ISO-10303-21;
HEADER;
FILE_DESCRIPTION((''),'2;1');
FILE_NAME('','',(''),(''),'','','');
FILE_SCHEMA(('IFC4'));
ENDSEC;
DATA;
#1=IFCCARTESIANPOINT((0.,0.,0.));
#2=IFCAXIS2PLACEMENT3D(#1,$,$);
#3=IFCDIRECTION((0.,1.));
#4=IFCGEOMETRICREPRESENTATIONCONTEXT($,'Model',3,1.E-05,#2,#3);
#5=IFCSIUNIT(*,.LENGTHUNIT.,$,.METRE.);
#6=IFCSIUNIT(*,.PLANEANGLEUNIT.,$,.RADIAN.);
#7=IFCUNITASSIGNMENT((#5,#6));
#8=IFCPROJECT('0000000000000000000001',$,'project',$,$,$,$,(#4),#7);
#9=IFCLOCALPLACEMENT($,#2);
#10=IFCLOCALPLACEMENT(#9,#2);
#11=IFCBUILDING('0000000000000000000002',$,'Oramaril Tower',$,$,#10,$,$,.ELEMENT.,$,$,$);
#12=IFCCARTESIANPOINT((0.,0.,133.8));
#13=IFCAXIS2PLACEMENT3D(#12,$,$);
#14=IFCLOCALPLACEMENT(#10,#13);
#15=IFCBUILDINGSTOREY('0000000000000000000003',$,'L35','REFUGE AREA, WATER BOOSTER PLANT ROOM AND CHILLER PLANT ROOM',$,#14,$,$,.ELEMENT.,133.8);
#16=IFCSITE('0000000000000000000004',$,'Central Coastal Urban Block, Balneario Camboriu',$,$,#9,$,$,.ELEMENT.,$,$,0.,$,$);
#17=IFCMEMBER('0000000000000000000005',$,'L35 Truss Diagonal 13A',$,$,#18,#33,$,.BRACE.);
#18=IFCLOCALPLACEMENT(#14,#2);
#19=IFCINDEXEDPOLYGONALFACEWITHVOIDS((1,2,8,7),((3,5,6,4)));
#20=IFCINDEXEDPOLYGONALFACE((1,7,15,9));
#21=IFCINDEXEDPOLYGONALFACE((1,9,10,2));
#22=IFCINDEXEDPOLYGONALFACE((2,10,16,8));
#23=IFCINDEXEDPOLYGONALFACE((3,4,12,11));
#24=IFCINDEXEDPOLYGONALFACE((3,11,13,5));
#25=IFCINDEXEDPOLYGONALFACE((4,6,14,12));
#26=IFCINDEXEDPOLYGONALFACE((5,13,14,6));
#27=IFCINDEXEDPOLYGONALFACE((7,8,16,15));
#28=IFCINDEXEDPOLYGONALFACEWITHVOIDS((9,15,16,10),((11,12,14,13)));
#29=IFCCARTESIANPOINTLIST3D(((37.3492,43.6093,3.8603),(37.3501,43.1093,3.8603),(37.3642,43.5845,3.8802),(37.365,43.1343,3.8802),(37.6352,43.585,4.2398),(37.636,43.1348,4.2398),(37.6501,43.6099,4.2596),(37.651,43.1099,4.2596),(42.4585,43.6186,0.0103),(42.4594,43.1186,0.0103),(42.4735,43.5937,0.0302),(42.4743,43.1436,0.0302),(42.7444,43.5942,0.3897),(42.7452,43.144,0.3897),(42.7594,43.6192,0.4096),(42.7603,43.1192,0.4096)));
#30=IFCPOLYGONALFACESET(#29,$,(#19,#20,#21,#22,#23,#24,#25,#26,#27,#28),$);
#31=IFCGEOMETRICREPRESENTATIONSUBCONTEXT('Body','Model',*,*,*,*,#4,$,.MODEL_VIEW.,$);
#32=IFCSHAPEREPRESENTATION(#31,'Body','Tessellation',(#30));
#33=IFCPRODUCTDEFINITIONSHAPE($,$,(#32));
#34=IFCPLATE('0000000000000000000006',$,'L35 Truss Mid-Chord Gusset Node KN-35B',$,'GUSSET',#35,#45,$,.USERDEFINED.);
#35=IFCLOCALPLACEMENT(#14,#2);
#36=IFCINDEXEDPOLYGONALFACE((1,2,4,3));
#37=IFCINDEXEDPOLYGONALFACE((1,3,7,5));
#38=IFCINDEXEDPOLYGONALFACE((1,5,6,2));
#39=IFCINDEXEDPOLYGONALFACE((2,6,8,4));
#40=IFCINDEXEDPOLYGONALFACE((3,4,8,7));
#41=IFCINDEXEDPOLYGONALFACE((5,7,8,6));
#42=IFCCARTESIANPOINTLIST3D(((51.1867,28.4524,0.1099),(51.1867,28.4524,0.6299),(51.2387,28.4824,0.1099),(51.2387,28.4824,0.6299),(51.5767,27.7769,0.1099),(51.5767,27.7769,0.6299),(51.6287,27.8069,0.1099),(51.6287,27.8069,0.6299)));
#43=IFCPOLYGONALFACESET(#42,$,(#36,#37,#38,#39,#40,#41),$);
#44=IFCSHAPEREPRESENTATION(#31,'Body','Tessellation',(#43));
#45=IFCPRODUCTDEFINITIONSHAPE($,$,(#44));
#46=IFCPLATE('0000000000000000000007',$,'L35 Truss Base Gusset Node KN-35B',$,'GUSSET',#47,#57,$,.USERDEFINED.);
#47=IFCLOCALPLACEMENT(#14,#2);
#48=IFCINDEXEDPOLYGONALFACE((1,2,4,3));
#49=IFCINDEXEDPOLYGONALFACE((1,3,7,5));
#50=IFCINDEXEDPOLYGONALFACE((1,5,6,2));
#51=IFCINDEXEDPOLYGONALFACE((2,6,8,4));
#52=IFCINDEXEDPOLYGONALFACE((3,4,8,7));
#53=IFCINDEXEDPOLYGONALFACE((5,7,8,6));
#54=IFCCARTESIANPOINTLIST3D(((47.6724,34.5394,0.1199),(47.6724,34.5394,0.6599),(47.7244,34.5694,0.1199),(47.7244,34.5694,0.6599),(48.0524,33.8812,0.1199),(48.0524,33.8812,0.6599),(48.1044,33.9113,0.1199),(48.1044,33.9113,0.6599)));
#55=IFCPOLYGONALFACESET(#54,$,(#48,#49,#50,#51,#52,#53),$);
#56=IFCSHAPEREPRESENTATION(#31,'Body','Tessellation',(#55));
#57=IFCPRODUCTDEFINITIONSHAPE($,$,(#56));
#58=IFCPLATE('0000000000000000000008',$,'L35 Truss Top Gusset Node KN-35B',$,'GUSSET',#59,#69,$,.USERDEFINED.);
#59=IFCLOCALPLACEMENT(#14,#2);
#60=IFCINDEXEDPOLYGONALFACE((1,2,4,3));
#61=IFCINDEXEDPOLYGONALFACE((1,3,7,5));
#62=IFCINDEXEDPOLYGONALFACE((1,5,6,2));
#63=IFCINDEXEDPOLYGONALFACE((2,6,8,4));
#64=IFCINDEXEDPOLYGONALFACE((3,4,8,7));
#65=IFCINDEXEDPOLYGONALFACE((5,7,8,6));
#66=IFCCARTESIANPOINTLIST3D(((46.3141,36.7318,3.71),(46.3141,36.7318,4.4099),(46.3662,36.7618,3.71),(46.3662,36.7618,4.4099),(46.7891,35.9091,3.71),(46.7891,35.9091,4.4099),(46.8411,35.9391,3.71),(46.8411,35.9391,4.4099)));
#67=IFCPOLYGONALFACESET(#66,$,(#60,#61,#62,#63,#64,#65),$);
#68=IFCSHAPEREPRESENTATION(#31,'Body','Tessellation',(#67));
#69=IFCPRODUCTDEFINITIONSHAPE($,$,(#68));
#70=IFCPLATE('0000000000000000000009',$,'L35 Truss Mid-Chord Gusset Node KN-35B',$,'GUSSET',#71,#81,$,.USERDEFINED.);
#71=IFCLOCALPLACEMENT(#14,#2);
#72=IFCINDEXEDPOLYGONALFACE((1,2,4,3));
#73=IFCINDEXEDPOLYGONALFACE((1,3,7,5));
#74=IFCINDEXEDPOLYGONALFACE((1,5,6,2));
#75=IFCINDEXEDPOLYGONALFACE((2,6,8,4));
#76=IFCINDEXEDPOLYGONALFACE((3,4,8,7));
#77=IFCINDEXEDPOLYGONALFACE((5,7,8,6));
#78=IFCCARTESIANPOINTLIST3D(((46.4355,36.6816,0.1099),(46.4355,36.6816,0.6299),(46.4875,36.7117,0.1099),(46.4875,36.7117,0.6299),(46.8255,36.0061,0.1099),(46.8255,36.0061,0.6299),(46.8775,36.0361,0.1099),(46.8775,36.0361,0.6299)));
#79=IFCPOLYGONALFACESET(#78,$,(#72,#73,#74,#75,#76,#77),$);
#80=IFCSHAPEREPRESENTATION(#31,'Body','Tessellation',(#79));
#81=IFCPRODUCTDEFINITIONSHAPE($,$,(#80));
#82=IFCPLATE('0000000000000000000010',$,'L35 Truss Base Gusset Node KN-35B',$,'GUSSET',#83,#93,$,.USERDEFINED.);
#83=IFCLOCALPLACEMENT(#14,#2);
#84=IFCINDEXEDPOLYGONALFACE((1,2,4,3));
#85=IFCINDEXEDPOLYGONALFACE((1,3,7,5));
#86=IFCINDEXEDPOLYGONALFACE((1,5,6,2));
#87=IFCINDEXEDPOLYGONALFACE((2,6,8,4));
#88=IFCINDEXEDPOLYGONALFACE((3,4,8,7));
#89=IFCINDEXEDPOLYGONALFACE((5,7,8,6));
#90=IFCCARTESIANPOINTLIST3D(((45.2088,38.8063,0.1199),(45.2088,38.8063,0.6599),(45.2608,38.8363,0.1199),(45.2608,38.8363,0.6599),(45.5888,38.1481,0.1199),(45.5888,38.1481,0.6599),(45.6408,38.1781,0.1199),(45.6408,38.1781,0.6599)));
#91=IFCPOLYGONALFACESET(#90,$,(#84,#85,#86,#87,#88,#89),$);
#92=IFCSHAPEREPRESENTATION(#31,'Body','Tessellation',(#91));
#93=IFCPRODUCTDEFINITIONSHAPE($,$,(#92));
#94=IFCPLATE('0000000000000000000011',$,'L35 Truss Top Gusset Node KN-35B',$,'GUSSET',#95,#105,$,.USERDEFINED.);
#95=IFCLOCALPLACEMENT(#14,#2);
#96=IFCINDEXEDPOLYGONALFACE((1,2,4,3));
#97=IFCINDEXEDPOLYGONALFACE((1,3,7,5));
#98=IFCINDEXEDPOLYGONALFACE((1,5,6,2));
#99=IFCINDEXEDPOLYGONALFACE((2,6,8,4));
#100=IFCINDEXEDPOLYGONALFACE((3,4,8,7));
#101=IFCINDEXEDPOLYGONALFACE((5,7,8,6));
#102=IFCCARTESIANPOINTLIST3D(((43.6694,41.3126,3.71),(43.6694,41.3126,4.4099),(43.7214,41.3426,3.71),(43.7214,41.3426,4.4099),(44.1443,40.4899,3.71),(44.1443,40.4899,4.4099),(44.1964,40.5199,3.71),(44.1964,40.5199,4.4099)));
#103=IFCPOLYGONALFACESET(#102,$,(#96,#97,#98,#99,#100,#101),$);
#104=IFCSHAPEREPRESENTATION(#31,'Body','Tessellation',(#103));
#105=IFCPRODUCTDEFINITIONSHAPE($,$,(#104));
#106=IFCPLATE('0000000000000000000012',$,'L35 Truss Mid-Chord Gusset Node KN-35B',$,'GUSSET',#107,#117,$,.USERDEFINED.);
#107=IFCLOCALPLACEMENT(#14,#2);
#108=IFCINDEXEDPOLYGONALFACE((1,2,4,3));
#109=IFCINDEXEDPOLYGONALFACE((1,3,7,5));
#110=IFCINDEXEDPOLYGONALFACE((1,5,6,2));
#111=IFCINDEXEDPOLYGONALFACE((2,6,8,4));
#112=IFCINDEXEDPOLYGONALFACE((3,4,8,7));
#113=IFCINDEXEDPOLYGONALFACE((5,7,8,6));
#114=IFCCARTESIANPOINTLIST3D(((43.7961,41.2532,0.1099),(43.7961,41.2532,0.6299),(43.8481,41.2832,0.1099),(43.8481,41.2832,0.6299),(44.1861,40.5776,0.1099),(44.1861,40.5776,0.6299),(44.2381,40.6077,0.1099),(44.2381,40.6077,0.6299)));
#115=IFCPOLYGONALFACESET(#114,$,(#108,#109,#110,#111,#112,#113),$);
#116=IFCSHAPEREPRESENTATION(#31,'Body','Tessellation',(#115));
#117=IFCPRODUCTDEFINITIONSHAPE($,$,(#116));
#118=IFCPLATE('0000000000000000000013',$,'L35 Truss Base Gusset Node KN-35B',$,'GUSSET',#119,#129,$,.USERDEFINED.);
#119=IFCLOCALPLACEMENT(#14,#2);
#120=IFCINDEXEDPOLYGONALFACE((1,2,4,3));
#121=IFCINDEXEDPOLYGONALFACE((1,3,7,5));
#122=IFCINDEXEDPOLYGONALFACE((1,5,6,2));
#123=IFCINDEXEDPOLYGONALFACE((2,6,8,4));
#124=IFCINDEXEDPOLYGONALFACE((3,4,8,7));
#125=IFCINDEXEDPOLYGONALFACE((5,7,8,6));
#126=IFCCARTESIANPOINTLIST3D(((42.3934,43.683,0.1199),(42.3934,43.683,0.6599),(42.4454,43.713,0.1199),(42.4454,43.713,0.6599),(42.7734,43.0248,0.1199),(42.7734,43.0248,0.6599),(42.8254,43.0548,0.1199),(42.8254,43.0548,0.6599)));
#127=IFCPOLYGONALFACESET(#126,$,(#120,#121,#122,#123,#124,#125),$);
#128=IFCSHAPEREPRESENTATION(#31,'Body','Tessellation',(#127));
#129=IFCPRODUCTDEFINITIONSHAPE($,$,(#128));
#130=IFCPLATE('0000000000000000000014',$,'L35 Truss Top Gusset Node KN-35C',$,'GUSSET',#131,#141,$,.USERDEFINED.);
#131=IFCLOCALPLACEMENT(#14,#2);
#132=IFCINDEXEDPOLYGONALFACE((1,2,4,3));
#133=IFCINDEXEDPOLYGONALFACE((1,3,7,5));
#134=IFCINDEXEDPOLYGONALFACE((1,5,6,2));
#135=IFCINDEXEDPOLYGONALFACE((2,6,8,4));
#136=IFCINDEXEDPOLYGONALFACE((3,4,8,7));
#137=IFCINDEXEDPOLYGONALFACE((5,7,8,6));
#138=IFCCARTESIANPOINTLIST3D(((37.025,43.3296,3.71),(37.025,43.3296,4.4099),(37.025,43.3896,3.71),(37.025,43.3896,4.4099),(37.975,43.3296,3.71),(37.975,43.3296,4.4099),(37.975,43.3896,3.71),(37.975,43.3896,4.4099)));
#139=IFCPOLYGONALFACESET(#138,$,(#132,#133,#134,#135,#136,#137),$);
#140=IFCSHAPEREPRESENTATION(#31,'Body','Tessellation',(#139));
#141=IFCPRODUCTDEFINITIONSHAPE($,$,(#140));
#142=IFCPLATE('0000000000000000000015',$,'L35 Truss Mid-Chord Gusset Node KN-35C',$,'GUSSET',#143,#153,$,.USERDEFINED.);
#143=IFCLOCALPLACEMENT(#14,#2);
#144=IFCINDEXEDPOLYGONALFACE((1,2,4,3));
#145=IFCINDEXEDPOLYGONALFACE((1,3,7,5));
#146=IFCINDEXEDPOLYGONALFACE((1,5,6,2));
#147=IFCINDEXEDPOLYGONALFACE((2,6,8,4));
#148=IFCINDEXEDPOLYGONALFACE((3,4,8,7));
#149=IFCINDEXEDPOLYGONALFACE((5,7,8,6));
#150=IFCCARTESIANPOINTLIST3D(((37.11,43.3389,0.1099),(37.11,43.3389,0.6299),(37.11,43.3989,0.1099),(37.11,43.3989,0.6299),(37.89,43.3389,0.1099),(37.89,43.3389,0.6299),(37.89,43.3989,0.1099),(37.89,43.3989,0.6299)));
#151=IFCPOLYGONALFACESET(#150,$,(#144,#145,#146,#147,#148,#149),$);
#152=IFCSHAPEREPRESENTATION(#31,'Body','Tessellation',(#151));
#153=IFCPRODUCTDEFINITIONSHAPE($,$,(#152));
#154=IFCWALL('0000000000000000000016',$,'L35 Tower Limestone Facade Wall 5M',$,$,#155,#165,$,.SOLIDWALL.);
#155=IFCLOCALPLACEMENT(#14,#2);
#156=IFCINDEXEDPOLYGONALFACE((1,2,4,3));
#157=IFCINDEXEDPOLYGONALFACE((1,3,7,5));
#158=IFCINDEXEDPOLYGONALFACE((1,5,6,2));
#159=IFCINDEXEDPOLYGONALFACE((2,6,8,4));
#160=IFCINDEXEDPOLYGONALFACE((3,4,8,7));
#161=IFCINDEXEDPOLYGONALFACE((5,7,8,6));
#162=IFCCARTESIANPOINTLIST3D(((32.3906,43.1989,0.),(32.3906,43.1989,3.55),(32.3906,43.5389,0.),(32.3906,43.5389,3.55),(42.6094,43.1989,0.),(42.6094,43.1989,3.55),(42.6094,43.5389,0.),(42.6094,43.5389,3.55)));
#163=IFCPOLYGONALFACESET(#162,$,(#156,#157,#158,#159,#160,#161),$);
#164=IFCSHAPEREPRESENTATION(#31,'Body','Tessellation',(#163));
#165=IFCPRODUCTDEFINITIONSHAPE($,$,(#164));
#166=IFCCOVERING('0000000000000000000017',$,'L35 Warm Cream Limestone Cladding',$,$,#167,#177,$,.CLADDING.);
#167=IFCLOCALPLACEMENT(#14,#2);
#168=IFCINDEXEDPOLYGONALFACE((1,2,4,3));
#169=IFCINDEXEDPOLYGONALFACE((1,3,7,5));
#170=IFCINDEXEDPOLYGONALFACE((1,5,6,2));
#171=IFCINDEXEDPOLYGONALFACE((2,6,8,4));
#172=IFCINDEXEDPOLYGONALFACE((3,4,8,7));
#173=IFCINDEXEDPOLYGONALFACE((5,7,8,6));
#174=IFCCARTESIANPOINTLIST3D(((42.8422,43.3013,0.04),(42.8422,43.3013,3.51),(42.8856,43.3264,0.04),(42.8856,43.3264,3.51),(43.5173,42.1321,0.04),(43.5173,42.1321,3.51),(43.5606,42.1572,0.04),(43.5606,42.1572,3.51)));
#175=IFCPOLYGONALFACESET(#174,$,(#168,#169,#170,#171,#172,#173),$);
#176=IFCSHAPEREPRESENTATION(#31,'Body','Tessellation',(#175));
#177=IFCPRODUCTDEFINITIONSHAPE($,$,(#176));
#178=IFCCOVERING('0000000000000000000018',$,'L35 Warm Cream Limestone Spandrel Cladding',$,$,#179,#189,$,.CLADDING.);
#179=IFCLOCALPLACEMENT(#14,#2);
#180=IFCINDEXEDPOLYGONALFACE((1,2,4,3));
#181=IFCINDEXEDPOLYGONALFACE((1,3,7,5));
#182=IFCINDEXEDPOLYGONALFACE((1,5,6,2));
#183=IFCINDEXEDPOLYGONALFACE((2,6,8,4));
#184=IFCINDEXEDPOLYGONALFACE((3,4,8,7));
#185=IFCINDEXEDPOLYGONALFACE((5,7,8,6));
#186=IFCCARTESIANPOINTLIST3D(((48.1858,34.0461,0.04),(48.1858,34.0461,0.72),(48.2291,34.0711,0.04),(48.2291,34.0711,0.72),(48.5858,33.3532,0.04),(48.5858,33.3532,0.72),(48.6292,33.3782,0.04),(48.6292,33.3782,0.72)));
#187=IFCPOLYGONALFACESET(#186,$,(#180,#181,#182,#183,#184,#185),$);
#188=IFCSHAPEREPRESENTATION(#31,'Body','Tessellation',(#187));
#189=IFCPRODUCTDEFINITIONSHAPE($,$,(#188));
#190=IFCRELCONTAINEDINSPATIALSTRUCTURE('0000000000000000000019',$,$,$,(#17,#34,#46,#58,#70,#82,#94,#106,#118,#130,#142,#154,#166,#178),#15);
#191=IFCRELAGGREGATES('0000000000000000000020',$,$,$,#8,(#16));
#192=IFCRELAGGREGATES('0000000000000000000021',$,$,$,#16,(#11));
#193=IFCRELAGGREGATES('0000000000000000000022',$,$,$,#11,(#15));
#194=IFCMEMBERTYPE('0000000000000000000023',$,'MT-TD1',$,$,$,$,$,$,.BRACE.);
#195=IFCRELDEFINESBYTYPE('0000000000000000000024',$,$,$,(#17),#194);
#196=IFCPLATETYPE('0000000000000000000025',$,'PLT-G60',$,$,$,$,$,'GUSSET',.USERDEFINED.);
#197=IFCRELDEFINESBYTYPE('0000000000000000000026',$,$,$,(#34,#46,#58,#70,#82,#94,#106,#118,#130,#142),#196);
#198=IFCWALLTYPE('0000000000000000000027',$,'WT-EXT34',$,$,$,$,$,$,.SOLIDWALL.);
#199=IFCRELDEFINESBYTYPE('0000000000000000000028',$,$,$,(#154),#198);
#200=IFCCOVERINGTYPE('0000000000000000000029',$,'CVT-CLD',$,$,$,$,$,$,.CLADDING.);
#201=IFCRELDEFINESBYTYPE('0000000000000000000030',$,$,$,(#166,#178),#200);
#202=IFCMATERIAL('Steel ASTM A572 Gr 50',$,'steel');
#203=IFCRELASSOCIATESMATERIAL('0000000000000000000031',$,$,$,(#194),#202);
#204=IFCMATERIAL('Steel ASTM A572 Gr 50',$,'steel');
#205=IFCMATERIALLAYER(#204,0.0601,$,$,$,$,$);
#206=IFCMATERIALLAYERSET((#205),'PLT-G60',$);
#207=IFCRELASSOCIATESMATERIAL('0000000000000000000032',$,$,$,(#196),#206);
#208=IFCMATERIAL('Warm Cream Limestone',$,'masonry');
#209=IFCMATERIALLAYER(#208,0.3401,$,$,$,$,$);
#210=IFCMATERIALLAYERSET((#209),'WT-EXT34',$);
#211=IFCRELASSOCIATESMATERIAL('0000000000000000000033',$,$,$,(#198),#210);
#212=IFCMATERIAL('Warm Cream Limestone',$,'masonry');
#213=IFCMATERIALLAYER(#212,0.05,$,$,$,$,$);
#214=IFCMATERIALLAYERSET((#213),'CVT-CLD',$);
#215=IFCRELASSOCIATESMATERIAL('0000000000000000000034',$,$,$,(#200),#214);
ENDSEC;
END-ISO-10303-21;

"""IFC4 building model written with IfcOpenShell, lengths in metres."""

from ifc_helpers import new_model, si_unit, direction, frame, frame_2d, origin, origin_2d, place, context, subcontext, project, spatial, rectangle, hollow_rectangle, extrude, material, layer, layer_set, material_profile, profile_set, type_object, element, save


model = new_model("IFC4")

# Units and contexts
model_context = context("Model", 3, precision=1e-05, world=origin(), true_north=direction((0.0, 1.0)))
body_context = subcontext(model_context, "Body", "Model", "MODEL_VIEW")
ifc_project = project(units=[si_unit("LENGTHUNIT", "METRE"), si_unit("PLANEANGLEUNIT", "RADIAN")], contexts=[model_context])

# Site, building, storey
site_placement = place(None, origin())
site = spatial("IfcSite", under=ifc_project, at=site_placement, Name="Central Coastal Urban Block, Balneario Camboriu", CompositionType="ELEMENT", RefElevation=0.0)
building_placement = place(site_placement, origin())
building = spatial("IfcBuilding", under=site, at=building_placement, Name="Oramaril Tower", CompositionType="ELEMENT")
storey_placement = place(building_placement, frame((0.0, 0.0, 133.8)))
storey = spatial("IfcBuildingStorey", under=building, at=storey_placement, Name="L35", Description="REFUGE AREA, WATER BOOSTER PLANT ROOM AND CHILLER PLANT ROOM", CompositionType="ELEMENT", Elevation=133.8)

# Member
ifc_material_1 = material(Name="Steel ASTM A572 Gr 50", Category="steel")
ifc_material_profile_1 = material_profile(ifc_material_1, hollow_rectangle(XDim=0.5, YDim=0.5, WallThickness=0.0249, at=origin_2d()), Name="HSS500X500X25")
ifc_profile_set_1 = profile_set([ifc_material_profile_1], Name="Steel ASTM A572 Gr 50")
member_type_1 = type_object("IfcMemberType", Name="MT-TD1", PredefinedType="BRACE", material=ifc_profile_set_1)
member_1_placement = place(storey_placement, frame((42.6094, 43.3689, 0.21), z_axis=(-0.798642, -0.00145, 0.601805), x_axis=(0.001816, -0.999998, 0.0)))
element("IfcMember", 1, at=member_1_placement, inside=storey, type_object=member_type_1, Name="L35 Truss Diagonal 13A", PredefinedType="BRACE", context=body_context, shape_type="SweptSolid", body=[
    extrude(hollow_rectangle(XDim=0.5, YDim=0.5, WallThickness=0.0249, at=origin_2d()), origin(), (0.0, 0.0, 1.0), 6.3975),
])

# Plates
ifc_material_2 = material(Name="Steel ASTM A572 Gr 50", Category="steel")
ifc_layer_1 = layer(ifc_material_2, 0.0601)
ifc_layer_set_1 = layer_set([ifc_layer_1], Name="PLT-G60")
plate_type = type_object("IfcPlateType", Name="PLT-G60", ElementType="GUSSET", PredefinedType="USERDEFINED", material=ifc_layer_set_1)
plate_1_placement = place(storey_placement, frame((51.4077, 28.1296, 0.1099), z_axis=(0.0, 0.0, 1.0), x_axis=(-0.500003, 0.866024, 0.0)))
element("IfcPlate", 2, at=plate_1_placement, inside=storey, type_object=plate_type, Name="L35 Truss Mid-Chord Gusset Node KN-35B", ObjectType="GUSSET", PredefinedType="USERDEFINED", context=body_context, shape_type="SweptSolid", body=[
    extrude(rectangle(XDim=0.78, YDim=0.0601, at=origin_2d()), origin(), (0.0, 0.0, 1.0), 0.52),
])
plate_2_placement = place(storey_placement, frame((47.8884, 34.2253, 0.1199), z_axis=(0.0, 0.0, 1.0), x_axis=(-0.500003, 0.866024, 0.0)))
element("IfcPlate", 3, at=plate_2_placement, inside=storey, type_object=plate_type, Name="L35 Truss Base Gusset Node KN-35B", ObjectType="GUSSET", PredefinedType="USERDEFINED", context=body_context, shape_type="SweptSolid", body=[
    extrude(rectangle(XDim=0.76, YDim=0.0601, at=origin_2d()), origin(), (0.0, 0.0, 1.0), 0.54),
])
plate_3_placement = place(storey_placement, frame((46.5776, 36.3354, 3.71), z_axis=(0.0, 0.0, 1.0), x_axis=(-0.499992, 0.86603, 0.0)))
element("IfcPlate", 4, at=plate_3_placement, inside=storey, type_object=plate_type, Name="L35 Truss Top Gusset Node KN-35B", ObjectType="GUSSET", PredefinedType="USERDEFINED", context=body_context, shape_type="SweptSolid", body=[
    extrude(rectangle(XDim=0.95, YDim=0.0601, at=origin_2d()), origin(), (0.0, 0.0, 1.0), 0.7),
])
plate_4_placement = place(storey_placement, frame((46.6565, 36.3589, 0.1099), z_axis=(0.0, 0.0, 1.0), x_axis=(-0.499992, 0.86603, 0.0)))
element("IfcPlate", 5, at=plate_4_placement, inside=storey, type_object=plate_type, Name="L35 Truss Mid-Chord Gusset Node KN-35B", ObjectType="GUSSET", PredefinedType="USERDEFINED", context=body_context, shape_type="SweptSolid", body=[
    extrude(rectangle(XDim=0.78, YDim=0.0601, at=origin_2d()), origin(), (0.0, 0.0, 1.0), 0.52),
])
plate_5_placement = place(storey_placement, frame((45.4248, 38.4922, 0.1199), z_axis=(0.0, 0.0, 1.0), x_axis=(-0.499992, 0.86603, 0.0)))
element("IfcPlate", 6, at=plate_5_placement, inside=storey, type_object=plate_type, Name="L35 Truss Base Gusset Node KN-35B", ObjectType="GUSSET", PredefinedType="USERDEFINED", context=body_context, shape_type="SweptSolid", body=[
    extrude(rectangle(XDim=0.76, YDim=0.0601, at=origin_2d()), origin(), (0.0, 0.0, 1.0), 0.54),
])
plate_6_placement = place(storey_placement, frame((43.9329, 40.9163, 3.71), z_axis=(0.0, 0.0, 1.0), x_axis=(-0.500008, 0.866021, 0.0)))
element("IfcPlate", 7, at=plate_6_placement, inside=storey, type_object=plate_type, Name="L35 Truss Top Gusset Node KN-35B", ObjectType="GUSSET", PredefinedType="USERDEFINED", context=body_context, shape_type="SweptSolid", body=[
    extrude(rectangle(XDim=0.95, YDim=0.0601, at=origin_2d()), origin(), (0.0, 0.0, 1.0), 0.7),
])
plate_7_placement = place(storey_placement, frame((44.0171, 40.9304, 0.1099), z_axis=(0.0, 0.0, 1.0), x_axis=(-0.500008, 0.866021, 0.0)))
element("IfcPlate", 8, at=plate_7_placement, inside=storey, type_object=plate_type, Name="L35 Truss Mid-Chord Gusset Node KN-35B", ObjectType="GUSSET", PredefinedType="USERDEFINED", context=body_context, shape_type="SweptSolid", body=[
    extrude(rectangle(XDim=0.78, YDim=0.0601, at=origin_2d()), origin(), (0.0, 0.0, 1.0), 0.52),
])
plate_8_placement = place(storey_placement, frame((42.6094, 43.3689, 0.1199), z_axis=(0.0, 0.0, 1.0), x_axis=(-0.500008, 0.866021, 0.0)))
element("IfcPlate", 9, at=plate_8_placement, inside=storey, type_object=plate_type, Name="L35 Truss Base Gusset Node KN-35B", ObjectType="GUSSET", PredefinedType="USERDEFINED", context=body_context, shape_type="SweptSolid", body=[
    extrude(rectangle(XDim=0.76, YDim=0.0601, at=origin_2d()), origin(), (0.0, 0.0, 1.0), 0.54),
])
plate_9_placement = place(storey_placement, frame((37.5, 43.3596, 3.71), z_axis=(0.0, 0.0, 1.0), x_axis=(-1.0, 0.0, 0.0)))
element("IfcPlate", 10, at=plate_9_placement, inside=storey, type_object=plate_type, Name="L35 Truss Top Gusset Node KN-35C", ObjectType="GUSSET", PredefinedType="USERDEFINED", context=body_context, shape_type="SweptSolid", body=[
    extrude(rectangle(XDim=0.95, YDim=0.0601, at=origin_2d()), origin(), (0.0, 0.0, 1.0), 0.7),
])
plate_10_placement = place(storey_placement, frame((37.5, 43.3689, 0.1099), z_axis=(0.0, 0.0, 1.0), x_axis=(-1.0, 0.0, 0.0)))
element("IfcPlate", 11, at=plate_10_placement, inside=storey, type_object=plate_type, Name="L35 Truss Mid-Chord Gusset Node KN-35C", ObjectType="GUSSET", PredefinedType="USERDEFINED", context=body_context, shape_type="SweptSolid", body=[
    extrude(rectangle(XDim=0.78, YDim=0.0601, at=origin_2d()), origin(), (0.0, 0.0, 1.0), 0.52),
])

# Wall
ifc_material_3 = material(Name="Warm Cream Limestone", Category="masonry")
ifc_layer_2 = layer(ifc_material_3, 0.3401)
ifc_layer_set_2 = layer_set([ifc_layer_2], Name="WT-EXT34")
wall_type = type_object("IfcWallType", Name="WT-EXT34", PredefinedType="SOLIDWALL", material=ifc_layer_set_2)
wall_placement = place(storey_placement, frame((42.6094, 43.3689, 0.0), z_axis=(0.0, 0.0, 1.0), x_axis=(-1.0, 0.0, 0.0)))
element("IfcWall", 12, at=wall_placement, inside=storey, type_object=wall_type, Name="L35 Tower Limestone Facade Wall 5M", PredefinedType="SOLIDWALL", context=body_context, shape_type="SweptSolid", body=[
    extrude(rectangle(XDim=10.2188, YDim=0.3401, at=frame_2d((5.1094, 0.0))), origin(), (0.0, 0.0, 1.0), 3.55),
])

# Coverings
ifc_material_4 = material(Name="Warm Cream Limestone", Category="masonry")
ifc_layer_3 = layer(ifc_material_4, 0.05)
ifc_layer_set_3 = layer_set([ifc_layer_3], Name="CVT-CLD")
covering_type = type_object("IfcCoveringType", Name="CVT-CLD", PredefinedType="CLADDING", material=ifc_layer_set_3)
covering_1_placement = place(storey_placement, frame((43.2014, 42.7292, 0.04), z_axis=(0.0, 0.0, 1.0), x_axis=(-0.500002, 0.866025, 0.0)))
element("IfcCovering", 13, at=covering_1_placement, inside=storey, type_object=covering_type, Name="L35 Warm Cream Limestone Cladding", PredefinedType="CLADDING", context=body_context, shape_type="SweptSolid", body=[
    extrude(rectangle(XDim=1.3501, YDim=0.05, at=origin_2d()), origin(), (0.0, 0.0, 1.0), 3.47),
])
covering_2_placement = place(storey_placement, frame((48.4075, 33.7122, 0.04), z_axis=(0.0, 0.0, 1.0), x_axis=(-0.500002, 0.866025, 0.0)))
element("IfcCovering", 14, at=covering_2_placement, inside=storey, type_object=covering_type, Name="L35 Warm Cream Limestone Spandrel Cladding", PredefinedType="CLADDING", context=body_context, shape_type="SweptSolid", body=[
    extrude(rectangle(XDim=0.8, YDim=0.05, at=origin_2d()), origin(), (0.0, 0.0, 1.0), 0.6799),
])

save(model, "model.ifc")
